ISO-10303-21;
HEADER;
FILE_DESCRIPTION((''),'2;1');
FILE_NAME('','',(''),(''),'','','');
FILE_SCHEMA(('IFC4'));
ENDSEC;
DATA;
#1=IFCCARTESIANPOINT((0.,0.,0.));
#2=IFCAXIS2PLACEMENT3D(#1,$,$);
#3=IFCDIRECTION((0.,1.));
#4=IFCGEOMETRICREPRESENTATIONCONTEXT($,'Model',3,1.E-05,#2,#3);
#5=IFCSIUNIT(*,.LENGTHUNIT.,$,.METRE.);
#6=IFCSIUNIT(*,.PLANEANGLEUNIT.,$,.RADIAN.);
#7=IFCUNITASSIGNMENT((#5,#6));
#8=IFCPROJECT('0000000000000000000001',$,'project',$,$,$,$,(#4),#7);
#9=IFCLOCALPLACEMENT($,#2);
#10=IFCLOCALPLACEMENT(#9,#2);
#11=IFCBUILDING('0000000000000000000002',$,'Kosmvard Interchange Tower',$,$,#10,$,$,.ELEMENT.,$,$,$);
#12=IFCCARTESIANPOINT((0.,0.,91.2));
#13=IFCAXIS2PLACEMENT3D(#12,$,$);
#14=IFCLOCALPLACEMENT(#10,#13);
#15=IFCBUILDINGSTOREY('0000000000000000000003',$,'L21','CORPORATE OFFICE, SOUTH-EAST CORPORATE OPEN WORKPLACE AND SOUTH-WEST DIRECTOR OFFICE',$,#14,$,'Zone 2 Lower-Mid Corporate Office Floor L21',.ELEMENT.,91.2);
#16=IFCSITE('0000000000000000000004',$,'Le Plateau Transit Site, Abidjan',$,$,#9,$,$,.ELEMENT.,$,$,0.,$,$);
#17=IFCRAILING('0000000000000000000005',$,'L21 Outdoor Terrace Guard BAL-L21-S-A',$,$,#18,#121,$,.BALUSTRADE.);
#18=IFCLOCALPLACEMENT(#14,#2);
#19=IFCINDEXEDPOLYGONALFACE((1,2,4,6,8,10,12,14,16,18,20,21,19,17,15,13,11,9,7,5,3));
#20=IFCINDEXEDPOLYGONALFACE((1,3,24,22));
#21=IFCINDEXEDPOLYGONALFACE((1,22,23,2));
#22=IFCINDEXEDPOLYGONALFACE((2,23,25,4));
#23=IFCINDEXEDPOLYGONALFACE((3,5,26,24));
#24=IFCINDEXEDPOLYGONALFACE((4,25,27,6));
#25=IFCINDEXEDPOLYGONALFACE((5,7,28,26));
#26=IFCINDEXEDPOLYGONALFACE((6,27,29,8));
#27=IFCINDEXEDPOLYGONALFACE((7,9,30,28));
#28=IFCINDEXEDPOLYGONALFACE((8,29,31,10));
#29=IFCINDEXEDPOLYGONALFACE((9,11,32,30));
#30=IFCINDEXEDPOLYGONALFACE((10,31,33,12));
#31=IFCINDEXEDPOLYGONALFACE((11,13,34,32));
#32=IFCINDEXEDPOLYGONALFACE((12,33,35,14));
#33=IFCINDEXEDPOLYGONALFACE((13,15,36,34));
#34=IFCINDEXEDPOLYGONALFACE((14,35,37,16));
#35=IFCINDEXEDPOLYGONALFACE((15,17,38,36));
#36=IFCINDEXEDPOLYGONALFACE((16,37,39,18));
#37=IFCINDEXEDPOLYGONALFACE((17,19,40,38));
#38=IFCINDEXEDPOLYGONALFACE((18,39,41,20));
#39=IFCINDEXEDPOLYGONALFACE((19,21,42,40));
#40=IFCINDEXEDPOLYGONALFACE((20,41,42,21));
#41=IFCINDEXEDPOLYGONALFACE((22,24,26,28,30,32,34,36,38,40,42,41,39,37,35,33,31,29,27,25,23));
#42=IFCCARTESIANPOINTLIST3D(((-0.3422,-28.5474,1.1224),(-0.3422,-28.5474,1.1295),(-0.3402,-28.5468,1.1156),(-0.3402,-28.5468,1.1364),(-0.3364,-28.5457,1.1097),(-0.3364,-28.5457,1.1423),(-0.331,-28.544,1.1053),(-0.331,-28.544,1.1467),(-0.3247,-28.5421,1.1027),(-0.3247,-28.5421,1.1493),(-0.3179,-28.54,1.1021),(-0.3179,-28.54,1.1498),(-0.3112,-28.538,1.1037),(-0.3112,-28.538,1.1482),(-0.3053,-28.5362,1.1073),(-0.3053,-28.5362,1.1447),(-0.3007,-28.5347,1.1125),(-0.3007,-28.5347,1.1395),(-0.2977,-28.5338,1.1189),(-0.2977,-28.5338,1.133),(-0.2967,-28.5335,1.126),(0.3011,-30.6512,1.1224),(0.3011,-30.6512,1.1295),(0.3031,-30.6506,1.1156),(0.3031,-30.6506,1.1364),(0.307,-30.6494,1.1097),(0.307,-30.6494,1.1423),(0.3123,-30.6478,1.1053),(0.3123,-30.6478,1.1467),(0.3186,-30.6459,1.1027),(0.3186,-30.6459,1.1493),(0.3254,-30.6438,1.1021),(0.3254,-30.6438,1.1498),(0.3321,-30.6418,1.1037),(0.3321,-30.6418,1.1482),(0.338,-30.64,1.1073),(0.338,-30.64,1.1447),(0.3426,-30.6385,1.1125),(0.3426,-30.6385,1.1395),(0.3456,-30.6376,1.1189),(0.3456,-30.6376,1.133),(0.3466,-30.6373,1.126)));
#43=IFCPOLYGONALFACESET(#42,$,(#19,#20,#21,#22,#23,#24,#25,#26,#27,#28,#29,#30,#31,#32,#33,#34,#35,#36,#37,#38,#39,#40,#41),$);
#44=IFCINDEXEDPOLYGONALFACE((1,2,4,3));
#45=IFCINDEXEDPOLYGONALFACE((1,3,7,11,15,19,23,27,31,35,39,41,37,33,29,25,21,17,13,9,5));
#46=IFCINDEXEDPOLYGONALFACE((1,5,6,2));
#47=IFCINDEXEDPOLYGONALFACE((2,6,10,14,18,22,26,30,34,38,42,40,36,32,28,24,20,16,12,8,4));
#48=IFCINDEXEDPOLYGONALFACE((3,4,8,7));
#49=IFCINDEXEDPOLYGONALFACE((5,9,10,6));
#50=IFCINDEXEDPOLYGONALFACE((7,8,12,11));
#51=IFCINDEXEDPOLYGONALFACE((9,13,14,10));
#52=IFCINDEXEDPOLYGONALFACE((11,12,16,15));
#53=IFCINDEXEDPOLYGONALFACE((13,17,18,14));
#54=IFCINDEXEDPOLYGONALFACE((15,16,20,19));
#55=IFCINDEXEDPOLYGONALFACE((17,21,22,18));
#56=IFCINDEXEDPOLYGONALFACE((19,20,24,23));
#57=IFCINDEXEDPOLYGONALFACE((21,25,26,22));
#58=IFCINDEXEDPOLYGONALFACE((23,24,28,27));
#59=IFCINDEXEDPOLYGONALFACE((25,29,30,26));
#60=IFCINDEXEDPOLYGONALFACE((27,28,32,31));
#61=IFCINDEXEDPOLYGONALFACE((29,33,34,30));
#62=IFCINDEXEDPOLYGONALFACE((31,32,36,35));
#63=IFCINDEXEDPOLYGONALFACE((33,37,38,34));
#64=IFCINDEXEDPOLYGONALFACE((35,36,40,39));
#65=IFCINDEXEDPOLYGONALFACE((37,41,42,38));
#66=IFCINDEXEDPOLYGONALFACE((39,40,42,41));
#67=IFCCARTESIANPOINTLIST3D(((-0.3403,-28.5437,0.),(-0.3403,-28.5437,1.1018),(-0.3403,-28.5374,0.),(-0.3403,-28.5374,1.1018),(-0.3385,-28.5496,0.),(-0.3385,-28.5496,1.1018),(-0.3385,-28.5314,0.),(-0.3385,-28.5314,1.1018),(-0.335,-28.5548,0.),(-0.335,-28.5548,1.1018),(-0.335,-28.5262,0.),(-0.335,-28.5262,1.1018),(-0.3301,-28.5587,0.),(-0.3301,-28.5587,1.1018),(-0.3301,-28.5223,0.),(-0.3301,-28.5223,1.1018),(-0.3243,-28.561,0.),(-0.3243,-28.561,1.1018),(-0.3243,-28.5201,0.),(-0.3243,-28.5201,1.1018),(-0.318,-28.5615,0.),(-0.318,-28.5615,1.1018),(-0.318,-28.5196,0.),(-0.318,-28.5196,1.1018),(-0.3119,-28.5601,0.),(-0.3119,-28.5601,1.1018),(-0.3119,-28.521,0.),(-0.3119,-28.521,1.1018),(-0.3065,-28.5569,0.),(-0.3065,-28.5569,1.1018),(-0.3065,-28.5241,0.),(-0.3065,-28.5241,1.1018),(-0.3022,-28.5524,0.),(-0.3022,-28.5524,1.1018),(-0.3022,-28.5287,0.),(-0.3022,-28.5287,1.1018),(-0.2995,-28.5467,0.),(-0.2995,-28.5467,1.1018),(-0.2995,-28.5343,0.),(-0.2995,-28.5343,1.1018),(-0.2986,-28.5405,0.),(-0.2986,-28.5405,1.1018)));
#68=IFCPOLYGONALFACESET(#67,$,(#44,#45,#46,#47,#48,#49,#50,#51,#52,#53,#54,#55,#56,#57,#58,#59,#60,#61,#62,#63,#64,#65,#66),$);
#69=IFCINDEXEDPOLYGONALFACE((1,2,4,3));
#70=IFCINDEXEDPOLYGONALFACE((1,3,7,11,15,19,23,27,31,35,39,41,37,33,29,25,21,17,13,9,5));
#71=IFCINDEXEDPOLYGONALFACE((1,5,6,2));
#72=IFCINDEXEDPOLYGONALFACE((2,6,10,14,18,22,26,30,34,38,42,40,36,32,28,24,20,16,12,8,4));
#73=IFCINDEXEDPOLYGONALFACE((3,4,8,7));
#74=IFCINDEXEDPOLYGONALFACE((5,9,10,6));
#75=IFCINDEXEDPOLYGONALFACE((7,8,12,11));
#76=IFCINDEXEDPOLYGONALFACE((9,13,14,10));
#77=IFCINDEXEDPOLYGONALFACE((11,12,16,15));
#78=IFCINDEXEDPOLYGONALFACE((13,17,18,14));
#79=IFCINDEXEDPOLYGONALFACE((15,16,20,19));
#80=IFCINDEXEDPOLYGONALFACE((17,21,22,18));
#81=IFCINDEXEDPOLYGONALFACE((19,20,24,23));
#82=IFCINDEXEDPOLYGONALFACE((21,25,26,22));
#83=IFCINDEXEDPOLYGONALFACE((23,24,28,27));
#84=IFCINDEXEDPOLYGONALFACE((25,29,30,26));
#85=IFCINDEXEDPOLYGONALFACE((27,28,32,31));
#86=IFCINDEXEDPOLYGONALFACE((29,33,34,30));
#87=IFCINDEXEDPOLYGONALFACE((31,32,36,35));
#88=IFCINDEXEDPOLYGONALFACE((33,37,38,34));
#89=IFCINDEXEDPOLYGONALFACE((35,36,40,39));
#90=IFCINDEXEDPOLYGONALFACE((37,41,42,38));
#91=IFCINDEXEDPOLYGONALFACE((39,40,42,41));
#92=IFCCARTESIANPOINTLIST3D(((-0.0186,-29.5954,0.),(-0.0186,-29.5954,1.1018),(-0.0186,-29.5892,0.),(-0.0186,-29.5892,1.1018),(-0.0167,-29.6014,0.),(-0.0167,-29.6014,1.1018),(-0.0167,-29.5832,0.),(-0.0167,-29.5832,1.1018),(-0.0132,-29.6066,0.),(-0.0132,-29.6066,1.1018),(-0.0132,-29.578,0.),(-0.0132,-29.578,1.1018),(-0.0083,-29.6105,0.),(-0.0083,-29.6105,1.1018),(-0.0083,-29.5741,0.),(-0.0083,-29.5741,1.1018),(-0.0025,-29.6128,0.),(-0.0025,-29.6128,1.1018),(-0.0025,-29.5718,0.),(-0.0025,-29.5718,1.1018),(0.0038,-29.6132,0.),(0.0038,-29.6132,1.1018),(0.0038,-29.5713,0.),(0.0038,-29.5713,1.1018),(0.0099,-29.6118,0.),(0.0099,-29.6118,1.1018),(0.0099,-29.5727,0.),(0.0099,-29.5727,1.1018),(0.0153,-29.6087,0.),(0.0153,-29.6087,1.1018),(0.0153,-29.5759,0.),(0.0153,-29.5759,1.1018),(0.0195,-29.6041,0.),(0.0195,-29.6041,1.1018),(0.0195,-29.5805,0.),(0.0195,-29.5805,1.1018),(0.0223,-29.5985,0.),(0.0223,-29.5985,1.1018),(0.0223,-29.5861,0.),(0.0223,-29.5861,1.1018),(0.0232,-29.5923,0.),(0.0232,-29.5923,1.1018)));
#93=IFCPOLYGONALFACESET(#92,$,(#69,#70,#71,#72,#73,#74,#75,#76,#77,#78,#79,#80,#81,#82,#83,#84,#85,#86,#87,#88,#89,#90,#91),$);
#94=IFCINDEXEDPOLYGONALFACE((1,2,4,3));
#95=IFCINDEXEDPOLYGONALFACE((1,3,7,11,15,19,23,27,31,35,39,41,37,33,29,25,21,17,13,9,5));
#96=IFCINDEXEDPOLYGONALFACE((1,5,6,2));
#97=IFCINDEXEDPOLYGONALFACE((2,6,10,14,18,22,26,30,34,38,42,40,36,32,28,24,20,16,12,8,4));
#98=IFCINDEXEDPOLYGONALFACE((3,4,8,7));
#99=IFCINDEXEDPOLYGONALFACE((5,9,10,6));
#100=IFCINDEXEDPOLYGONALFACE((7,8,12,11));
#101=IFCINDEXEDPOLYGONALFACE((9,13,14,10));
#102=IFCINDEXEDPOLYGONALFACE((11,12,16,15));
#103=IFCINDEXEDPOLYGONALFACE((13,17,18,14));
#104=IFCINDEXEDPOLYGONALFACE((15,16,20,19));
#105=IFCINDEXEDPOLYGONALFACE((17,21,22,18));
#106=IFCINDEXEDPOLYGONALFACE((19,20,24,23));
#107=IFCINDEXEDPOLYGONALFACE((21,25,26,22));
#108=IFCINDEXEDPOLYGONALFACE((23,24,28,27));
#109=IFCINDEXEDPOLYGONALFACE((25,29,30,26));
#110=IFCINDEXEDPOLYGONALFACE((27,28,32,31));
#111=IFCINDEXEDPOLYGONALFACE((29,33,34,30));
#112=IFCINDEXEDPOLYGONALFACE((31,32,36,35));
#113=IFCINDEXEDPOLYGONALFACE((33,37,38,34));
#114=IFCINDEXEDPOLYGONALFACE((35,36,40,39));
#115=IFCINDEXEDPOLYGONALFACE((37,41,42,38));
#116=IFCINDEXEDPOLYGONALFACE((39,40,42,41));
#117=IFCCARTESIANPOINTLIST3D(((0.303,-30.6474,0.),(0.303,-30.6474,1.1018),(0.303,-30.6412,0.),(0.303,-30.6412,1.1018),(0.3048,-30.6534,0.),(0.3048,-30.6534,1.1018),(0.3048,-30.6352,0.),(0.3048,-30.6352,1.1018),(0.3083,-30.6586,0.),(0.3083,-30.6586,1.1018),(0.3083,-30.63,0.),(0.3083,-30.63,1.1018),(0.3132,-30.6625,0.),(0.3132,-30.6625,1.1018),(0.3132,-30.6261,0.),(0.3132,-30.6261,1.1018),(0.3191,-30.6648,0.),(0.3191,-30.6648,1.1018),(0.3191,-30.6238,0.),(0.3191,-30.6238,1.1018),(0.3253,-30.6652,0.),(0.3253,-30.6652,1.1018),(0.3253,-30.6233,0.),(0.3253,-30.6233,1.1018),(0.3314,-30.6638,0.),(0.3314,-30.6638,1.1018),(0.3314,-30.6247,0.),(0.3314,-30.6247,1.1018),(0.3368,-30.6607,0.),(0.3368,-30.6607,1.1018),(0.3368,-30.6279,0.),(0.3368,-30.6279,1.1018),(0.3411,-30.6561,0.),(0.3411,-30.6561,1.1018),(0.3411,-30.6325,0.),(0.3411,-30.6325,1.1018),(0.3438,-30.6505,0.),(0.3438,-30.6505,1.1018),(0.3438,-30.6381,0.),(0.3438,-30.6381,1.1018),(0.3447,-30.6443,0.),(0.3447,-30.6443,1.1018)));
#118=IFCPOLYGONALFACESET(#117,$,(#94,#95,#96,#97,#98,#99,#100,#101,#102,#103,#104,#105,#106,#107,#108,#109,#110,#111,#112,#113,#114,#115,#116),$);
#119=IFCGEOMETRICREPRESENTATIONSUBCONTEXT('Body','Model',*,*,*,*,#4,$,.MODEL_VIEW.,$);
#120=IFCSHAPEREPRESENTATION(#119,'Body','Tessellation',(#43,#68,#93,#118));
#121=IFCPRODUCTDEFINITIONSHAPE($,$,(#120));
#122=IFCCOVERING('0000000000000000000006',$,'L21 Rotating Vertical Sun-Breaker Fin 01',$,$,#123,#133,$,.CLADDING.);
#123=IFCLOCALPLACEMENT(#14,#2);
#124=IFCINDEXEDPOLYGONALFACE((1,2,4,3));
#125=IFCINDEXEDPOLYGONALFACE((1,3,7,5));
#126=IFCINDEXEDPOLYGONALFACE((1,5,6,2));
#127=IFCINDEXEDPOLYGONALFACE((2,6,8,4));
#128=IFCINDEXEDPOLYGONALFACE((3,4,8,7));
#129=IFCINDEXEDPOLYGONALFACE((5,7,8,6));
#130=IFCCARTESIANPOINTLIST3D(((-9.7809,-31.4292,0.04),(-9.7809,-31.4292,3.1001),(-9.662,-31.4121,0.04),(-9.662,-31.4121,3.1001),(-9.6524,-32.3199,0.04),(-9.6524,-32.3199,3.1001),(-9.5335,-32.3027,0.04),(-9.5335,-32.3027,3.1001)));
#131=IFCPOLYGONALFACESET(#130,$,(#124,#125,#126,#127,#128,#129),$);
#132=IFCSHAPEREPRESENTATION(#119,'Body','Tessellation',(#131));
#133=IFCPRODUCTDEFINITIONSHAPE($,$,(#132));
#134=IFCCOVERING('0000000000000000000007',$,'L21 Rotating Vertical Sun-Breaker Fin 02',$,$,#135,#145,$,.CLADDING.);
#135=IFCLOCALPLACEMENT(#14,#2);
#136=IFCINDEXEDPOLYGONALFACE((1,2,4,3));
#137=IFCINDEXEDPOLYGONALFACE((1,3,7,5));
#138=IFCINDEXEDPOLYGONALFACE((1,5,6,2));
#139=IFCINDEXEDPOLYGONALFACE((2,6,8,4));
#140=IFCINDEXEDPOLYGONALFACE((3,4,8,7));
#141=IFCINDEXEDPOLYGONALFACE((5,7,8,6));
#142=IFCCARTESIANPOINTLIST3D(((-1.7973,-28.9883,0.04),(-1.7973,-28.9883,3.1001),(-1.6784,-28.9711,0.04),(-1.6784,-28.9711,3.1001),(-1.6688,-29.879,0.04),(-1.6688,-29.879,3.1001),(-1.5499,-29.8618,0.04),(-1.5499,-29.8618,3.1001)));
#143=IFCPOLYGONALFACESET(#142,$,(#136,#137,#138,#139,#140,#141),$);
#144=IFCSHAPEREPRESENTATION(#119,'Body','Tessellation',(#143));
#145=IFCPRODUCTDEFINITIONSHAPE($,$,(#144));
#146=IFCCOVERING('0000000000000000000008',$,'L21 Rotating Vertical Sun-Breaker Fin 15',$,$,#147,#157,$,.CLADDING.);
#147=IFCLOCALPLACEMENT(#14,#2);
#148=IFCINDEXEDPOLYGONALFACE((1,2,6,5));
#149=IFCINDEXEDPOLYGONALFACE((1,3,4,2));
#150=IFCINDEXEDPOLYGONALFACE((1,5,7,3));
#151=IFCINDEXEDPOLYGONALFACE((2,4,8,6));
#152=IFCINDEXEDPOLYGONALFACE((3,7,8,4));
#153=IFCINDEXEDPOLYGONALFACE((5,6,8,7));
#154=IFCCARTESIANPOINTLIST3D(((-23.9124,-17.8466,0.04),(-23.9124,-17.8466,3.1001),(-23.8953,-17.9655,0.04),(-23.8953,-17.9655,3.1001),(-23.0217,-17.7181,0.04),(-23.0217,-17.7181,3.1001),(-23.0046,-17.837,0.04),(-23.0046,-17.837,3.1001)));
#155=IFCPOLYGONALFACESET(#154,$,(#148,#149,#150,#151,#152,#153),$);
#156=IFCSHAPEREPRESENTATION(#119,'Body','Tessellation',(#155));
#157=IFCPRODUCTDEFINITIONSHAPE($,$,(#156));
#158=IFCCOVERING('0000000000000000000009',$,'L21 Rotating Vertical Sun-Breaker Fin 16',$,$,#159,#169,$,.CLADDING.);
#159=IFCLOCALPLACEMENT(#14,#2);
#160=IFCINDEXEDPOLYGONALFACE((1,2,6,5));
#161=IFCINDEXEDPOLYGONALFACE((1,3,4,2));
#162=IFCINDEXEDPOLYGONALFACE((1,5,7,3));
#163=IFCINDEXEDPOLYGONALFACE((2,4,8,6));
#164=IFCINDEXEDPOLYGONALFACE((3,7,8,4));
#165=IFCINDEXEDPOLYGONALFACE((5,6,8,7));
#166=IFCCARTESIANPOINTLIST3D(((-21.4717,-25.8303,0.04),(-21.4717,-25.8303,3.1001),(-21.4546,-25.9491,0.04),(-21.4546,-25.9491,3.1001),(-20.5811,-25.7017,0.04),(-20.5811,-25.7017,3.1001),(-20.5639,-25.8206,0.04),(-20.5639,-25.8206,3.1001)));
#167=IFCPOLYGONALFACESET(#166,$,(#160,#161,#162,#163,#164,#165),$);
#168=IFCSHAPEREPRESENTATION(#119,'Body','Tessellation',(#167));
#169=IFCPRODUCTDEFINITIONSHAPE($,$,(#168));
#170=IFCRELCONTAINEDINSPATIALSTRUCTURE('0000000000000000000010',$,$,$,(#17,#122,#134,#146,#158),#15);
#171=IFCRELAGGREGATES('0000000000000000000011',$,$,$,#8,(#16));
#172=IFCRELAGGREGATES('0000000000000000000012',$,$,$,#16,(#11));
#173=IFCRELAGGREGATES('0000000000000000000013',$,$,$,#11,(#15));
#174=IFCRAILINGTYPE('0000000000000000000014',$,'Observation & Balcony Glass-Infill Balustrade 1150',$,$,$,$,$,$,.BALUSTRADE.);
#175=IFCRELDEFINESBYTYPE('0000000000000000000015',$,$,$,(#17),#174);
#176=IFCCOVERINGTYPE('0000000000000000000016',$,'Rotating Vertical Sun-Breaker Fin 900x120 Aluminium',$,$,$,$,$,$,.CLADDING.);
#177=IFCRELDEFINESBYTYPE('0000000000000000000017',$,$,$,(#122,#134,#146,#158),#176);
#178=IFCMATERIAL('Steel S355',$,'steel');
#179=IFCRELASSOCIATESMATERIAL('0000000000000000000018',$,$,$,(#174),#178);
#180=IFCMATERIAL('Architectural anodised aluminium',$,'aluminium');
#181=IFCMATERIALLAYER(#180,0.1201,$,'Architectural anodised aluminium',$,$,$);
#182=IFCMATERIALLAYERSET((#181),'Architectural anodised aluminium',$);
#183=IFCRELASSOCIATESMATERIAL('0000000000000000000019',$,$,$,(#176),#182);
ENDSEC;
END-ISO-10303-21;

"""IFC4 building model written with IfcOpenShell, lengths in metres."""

from ifc_helpers import new_model, si_unit, direction, frame, origin, origin_2d, place, context, subcontext, project, spatial, rectangle, circle, extrude, source, transform, mapped, material, layer, layer_set, type_object, element, save


model = new_model("IFC4")

# Units and contexts
model_context = context("Model", 3, precision=1e-05, world=origin(), true_north=direction((0.0, 1.0)))
body_context = subcontext(model_context, "Body", "Model", "MODEL_VIEW")
ifc_project = project(units=[si_unit("LENGTHUNIT", "METRE"), si_unit("PLANEANGLEUNIT", "RADIAN")], contexts=[model_context])

# Site, building, storey
site_placement = place(None, origin())
site = spatial("IfcSite", under=ifc_project, at=site_placement, Name="Le Plateau Transit Site, Abidjan", CompositionType="ELEMENT", RefElevation=0.0)
building_placement = place(site_placement, origin())
building = spatial("IfcBuilding", under=site, at=building_placement, Name="Kosmvard Interchange Tower", CompositionType="ELEMENT")
storey_placement = place(building_placement, frame((0.0, 0.0, 91.2)))
storey = spatial("IfcBuildingStorey", under=building, at=storey_placement, Name="L21", Description="CORPORATE OFFICE, SOUTH-EAST CORPORATE OPEN WORKPLACE AND SOUTH-WEST DIRECTOR OFFICE", LongName="Zone 2 Lower-Mid Corporate Office Floor L21", CompositionType="ELEMENT", Elevation=91.2)

# Shared definitions
ifc_material_1 = material(Name="Steel S355", Category="steel")

# Railing
railing_type = type_object("IfcRailingType", Name="Observation & Balcony Glass-Infill Balustrade 1150", PredefinedType="BALUSTRADE", material=ifc_material_1)
shared_shape_1 = source(origin(), body_context, "Body", "SweptSolid", [
    extrude(circle(Radius=0.0239, at=origin_2d()), frame((0.0, 0.0, 1.126), z_axis=(0.292424, -0.956289, 0.0), x_axis=(0.956289, 0.292424, 0.0)), (0.0, 0.0, 1.0), 2.2),
    extrude(circle(Radius=0.021, at=origin_2d()), origin(), (0.0, 0.0, 1.0), 1.1018),
    extrude(circle(Radius=0.021, at=origin_2d()), frame((0.3218, -1.0518, 0.0)), (0.0, 0.0, 1.0), 1.1018),
    extrude(circle(Radius=0.021, at=origin_2d()), frame((0.6433, -2.1038, 0.0)), (0.0, 0.0, 1.0), 1.1018),
])
railing_placement = place(storey_placement, frame((-0.3196, -28.5405, 0.0)))
element("IfcRailing", 1, at=railing_placement, inside=storey, type_object=railing_type, Name="L21 Outdoor Terrace Guard BAL-L21-S-A", PredefinedType="BALUSTRADE", context=body_context, shape_type="MappedRepresentation", body=[
    mapped(shared_shape_1, transform((0.0, 0.0, 0.0), scale=1.0)),
])

# Coverings
ifc_material_2 = material(Name="Architectural anodised aluminium", Category="aluminium")
ifc_layer_1 = layer(ifc_material_2, 0.1201, Name="Architectural anodised aluminium")
ifc_layer_set_1 = layer_set([ifc_layer_1], Name="Architectural anodised aluminium")
covering_type = type_object("IfcCoveringType", Name="Rotating Vertical Sun-Breaker Fin 900x120 Aluminium", PredefinedType="CLADDING", material=ifc_layer_set_1)
shared_shape_2 = source(origin(), body_context, "Body", "SweptSolid", [
    extrude(rectangle(XDim=0.8999, YDim=0.1201, at=origin_2d()), origin(), (0.0, 0.0, 1.0), 3.0601),
])
for number, where, z_axis, x_axis, name in (
    (2, (-9.6572, -31.866, 0.04), (0.0, 0.0, 1.0), (0.142802, -0.989751, 0.0), "L21 Rotating Vertical Sun-Breaker Fin 01"),
    (3, (-1.6736, -29.425, 0.04), (0.0, 0.0, 1.0), (0.142802, -0.989751, 0.0), "L21 Rotating Vertical Sun-Breaker Fin 02"),
    (4, (-23.4585, -17.8418, 0.04), (0.0, 0.0, 1.0), (-0.989751, -0.142802, 0.0), "L21 Rotating Vertical Sun-Breaker Fin 15"),
    (5, (-21.0178, -25.8254, 0.04), (0.0, 0.0, 1.0), (-0.989751, -0.142802, 0.0), "L21 Rotating Vertical Sun-Breaker Fin 16"),
):
    element("IfcCovering", number, at=place(storey_placement, frame(where, z_axis=z_axis, x_axis=x_axis)), inside=storey, type_object=covering_type, Name=name, PredefinedType="CLADDING", context=body_context, shape_type="MappedRepresentation", body=[
        mapped(shared_shape_2, transform((0.0, 0.0, 0.0), scale=1.0)),
    ])

save(model, "model.ifc")
